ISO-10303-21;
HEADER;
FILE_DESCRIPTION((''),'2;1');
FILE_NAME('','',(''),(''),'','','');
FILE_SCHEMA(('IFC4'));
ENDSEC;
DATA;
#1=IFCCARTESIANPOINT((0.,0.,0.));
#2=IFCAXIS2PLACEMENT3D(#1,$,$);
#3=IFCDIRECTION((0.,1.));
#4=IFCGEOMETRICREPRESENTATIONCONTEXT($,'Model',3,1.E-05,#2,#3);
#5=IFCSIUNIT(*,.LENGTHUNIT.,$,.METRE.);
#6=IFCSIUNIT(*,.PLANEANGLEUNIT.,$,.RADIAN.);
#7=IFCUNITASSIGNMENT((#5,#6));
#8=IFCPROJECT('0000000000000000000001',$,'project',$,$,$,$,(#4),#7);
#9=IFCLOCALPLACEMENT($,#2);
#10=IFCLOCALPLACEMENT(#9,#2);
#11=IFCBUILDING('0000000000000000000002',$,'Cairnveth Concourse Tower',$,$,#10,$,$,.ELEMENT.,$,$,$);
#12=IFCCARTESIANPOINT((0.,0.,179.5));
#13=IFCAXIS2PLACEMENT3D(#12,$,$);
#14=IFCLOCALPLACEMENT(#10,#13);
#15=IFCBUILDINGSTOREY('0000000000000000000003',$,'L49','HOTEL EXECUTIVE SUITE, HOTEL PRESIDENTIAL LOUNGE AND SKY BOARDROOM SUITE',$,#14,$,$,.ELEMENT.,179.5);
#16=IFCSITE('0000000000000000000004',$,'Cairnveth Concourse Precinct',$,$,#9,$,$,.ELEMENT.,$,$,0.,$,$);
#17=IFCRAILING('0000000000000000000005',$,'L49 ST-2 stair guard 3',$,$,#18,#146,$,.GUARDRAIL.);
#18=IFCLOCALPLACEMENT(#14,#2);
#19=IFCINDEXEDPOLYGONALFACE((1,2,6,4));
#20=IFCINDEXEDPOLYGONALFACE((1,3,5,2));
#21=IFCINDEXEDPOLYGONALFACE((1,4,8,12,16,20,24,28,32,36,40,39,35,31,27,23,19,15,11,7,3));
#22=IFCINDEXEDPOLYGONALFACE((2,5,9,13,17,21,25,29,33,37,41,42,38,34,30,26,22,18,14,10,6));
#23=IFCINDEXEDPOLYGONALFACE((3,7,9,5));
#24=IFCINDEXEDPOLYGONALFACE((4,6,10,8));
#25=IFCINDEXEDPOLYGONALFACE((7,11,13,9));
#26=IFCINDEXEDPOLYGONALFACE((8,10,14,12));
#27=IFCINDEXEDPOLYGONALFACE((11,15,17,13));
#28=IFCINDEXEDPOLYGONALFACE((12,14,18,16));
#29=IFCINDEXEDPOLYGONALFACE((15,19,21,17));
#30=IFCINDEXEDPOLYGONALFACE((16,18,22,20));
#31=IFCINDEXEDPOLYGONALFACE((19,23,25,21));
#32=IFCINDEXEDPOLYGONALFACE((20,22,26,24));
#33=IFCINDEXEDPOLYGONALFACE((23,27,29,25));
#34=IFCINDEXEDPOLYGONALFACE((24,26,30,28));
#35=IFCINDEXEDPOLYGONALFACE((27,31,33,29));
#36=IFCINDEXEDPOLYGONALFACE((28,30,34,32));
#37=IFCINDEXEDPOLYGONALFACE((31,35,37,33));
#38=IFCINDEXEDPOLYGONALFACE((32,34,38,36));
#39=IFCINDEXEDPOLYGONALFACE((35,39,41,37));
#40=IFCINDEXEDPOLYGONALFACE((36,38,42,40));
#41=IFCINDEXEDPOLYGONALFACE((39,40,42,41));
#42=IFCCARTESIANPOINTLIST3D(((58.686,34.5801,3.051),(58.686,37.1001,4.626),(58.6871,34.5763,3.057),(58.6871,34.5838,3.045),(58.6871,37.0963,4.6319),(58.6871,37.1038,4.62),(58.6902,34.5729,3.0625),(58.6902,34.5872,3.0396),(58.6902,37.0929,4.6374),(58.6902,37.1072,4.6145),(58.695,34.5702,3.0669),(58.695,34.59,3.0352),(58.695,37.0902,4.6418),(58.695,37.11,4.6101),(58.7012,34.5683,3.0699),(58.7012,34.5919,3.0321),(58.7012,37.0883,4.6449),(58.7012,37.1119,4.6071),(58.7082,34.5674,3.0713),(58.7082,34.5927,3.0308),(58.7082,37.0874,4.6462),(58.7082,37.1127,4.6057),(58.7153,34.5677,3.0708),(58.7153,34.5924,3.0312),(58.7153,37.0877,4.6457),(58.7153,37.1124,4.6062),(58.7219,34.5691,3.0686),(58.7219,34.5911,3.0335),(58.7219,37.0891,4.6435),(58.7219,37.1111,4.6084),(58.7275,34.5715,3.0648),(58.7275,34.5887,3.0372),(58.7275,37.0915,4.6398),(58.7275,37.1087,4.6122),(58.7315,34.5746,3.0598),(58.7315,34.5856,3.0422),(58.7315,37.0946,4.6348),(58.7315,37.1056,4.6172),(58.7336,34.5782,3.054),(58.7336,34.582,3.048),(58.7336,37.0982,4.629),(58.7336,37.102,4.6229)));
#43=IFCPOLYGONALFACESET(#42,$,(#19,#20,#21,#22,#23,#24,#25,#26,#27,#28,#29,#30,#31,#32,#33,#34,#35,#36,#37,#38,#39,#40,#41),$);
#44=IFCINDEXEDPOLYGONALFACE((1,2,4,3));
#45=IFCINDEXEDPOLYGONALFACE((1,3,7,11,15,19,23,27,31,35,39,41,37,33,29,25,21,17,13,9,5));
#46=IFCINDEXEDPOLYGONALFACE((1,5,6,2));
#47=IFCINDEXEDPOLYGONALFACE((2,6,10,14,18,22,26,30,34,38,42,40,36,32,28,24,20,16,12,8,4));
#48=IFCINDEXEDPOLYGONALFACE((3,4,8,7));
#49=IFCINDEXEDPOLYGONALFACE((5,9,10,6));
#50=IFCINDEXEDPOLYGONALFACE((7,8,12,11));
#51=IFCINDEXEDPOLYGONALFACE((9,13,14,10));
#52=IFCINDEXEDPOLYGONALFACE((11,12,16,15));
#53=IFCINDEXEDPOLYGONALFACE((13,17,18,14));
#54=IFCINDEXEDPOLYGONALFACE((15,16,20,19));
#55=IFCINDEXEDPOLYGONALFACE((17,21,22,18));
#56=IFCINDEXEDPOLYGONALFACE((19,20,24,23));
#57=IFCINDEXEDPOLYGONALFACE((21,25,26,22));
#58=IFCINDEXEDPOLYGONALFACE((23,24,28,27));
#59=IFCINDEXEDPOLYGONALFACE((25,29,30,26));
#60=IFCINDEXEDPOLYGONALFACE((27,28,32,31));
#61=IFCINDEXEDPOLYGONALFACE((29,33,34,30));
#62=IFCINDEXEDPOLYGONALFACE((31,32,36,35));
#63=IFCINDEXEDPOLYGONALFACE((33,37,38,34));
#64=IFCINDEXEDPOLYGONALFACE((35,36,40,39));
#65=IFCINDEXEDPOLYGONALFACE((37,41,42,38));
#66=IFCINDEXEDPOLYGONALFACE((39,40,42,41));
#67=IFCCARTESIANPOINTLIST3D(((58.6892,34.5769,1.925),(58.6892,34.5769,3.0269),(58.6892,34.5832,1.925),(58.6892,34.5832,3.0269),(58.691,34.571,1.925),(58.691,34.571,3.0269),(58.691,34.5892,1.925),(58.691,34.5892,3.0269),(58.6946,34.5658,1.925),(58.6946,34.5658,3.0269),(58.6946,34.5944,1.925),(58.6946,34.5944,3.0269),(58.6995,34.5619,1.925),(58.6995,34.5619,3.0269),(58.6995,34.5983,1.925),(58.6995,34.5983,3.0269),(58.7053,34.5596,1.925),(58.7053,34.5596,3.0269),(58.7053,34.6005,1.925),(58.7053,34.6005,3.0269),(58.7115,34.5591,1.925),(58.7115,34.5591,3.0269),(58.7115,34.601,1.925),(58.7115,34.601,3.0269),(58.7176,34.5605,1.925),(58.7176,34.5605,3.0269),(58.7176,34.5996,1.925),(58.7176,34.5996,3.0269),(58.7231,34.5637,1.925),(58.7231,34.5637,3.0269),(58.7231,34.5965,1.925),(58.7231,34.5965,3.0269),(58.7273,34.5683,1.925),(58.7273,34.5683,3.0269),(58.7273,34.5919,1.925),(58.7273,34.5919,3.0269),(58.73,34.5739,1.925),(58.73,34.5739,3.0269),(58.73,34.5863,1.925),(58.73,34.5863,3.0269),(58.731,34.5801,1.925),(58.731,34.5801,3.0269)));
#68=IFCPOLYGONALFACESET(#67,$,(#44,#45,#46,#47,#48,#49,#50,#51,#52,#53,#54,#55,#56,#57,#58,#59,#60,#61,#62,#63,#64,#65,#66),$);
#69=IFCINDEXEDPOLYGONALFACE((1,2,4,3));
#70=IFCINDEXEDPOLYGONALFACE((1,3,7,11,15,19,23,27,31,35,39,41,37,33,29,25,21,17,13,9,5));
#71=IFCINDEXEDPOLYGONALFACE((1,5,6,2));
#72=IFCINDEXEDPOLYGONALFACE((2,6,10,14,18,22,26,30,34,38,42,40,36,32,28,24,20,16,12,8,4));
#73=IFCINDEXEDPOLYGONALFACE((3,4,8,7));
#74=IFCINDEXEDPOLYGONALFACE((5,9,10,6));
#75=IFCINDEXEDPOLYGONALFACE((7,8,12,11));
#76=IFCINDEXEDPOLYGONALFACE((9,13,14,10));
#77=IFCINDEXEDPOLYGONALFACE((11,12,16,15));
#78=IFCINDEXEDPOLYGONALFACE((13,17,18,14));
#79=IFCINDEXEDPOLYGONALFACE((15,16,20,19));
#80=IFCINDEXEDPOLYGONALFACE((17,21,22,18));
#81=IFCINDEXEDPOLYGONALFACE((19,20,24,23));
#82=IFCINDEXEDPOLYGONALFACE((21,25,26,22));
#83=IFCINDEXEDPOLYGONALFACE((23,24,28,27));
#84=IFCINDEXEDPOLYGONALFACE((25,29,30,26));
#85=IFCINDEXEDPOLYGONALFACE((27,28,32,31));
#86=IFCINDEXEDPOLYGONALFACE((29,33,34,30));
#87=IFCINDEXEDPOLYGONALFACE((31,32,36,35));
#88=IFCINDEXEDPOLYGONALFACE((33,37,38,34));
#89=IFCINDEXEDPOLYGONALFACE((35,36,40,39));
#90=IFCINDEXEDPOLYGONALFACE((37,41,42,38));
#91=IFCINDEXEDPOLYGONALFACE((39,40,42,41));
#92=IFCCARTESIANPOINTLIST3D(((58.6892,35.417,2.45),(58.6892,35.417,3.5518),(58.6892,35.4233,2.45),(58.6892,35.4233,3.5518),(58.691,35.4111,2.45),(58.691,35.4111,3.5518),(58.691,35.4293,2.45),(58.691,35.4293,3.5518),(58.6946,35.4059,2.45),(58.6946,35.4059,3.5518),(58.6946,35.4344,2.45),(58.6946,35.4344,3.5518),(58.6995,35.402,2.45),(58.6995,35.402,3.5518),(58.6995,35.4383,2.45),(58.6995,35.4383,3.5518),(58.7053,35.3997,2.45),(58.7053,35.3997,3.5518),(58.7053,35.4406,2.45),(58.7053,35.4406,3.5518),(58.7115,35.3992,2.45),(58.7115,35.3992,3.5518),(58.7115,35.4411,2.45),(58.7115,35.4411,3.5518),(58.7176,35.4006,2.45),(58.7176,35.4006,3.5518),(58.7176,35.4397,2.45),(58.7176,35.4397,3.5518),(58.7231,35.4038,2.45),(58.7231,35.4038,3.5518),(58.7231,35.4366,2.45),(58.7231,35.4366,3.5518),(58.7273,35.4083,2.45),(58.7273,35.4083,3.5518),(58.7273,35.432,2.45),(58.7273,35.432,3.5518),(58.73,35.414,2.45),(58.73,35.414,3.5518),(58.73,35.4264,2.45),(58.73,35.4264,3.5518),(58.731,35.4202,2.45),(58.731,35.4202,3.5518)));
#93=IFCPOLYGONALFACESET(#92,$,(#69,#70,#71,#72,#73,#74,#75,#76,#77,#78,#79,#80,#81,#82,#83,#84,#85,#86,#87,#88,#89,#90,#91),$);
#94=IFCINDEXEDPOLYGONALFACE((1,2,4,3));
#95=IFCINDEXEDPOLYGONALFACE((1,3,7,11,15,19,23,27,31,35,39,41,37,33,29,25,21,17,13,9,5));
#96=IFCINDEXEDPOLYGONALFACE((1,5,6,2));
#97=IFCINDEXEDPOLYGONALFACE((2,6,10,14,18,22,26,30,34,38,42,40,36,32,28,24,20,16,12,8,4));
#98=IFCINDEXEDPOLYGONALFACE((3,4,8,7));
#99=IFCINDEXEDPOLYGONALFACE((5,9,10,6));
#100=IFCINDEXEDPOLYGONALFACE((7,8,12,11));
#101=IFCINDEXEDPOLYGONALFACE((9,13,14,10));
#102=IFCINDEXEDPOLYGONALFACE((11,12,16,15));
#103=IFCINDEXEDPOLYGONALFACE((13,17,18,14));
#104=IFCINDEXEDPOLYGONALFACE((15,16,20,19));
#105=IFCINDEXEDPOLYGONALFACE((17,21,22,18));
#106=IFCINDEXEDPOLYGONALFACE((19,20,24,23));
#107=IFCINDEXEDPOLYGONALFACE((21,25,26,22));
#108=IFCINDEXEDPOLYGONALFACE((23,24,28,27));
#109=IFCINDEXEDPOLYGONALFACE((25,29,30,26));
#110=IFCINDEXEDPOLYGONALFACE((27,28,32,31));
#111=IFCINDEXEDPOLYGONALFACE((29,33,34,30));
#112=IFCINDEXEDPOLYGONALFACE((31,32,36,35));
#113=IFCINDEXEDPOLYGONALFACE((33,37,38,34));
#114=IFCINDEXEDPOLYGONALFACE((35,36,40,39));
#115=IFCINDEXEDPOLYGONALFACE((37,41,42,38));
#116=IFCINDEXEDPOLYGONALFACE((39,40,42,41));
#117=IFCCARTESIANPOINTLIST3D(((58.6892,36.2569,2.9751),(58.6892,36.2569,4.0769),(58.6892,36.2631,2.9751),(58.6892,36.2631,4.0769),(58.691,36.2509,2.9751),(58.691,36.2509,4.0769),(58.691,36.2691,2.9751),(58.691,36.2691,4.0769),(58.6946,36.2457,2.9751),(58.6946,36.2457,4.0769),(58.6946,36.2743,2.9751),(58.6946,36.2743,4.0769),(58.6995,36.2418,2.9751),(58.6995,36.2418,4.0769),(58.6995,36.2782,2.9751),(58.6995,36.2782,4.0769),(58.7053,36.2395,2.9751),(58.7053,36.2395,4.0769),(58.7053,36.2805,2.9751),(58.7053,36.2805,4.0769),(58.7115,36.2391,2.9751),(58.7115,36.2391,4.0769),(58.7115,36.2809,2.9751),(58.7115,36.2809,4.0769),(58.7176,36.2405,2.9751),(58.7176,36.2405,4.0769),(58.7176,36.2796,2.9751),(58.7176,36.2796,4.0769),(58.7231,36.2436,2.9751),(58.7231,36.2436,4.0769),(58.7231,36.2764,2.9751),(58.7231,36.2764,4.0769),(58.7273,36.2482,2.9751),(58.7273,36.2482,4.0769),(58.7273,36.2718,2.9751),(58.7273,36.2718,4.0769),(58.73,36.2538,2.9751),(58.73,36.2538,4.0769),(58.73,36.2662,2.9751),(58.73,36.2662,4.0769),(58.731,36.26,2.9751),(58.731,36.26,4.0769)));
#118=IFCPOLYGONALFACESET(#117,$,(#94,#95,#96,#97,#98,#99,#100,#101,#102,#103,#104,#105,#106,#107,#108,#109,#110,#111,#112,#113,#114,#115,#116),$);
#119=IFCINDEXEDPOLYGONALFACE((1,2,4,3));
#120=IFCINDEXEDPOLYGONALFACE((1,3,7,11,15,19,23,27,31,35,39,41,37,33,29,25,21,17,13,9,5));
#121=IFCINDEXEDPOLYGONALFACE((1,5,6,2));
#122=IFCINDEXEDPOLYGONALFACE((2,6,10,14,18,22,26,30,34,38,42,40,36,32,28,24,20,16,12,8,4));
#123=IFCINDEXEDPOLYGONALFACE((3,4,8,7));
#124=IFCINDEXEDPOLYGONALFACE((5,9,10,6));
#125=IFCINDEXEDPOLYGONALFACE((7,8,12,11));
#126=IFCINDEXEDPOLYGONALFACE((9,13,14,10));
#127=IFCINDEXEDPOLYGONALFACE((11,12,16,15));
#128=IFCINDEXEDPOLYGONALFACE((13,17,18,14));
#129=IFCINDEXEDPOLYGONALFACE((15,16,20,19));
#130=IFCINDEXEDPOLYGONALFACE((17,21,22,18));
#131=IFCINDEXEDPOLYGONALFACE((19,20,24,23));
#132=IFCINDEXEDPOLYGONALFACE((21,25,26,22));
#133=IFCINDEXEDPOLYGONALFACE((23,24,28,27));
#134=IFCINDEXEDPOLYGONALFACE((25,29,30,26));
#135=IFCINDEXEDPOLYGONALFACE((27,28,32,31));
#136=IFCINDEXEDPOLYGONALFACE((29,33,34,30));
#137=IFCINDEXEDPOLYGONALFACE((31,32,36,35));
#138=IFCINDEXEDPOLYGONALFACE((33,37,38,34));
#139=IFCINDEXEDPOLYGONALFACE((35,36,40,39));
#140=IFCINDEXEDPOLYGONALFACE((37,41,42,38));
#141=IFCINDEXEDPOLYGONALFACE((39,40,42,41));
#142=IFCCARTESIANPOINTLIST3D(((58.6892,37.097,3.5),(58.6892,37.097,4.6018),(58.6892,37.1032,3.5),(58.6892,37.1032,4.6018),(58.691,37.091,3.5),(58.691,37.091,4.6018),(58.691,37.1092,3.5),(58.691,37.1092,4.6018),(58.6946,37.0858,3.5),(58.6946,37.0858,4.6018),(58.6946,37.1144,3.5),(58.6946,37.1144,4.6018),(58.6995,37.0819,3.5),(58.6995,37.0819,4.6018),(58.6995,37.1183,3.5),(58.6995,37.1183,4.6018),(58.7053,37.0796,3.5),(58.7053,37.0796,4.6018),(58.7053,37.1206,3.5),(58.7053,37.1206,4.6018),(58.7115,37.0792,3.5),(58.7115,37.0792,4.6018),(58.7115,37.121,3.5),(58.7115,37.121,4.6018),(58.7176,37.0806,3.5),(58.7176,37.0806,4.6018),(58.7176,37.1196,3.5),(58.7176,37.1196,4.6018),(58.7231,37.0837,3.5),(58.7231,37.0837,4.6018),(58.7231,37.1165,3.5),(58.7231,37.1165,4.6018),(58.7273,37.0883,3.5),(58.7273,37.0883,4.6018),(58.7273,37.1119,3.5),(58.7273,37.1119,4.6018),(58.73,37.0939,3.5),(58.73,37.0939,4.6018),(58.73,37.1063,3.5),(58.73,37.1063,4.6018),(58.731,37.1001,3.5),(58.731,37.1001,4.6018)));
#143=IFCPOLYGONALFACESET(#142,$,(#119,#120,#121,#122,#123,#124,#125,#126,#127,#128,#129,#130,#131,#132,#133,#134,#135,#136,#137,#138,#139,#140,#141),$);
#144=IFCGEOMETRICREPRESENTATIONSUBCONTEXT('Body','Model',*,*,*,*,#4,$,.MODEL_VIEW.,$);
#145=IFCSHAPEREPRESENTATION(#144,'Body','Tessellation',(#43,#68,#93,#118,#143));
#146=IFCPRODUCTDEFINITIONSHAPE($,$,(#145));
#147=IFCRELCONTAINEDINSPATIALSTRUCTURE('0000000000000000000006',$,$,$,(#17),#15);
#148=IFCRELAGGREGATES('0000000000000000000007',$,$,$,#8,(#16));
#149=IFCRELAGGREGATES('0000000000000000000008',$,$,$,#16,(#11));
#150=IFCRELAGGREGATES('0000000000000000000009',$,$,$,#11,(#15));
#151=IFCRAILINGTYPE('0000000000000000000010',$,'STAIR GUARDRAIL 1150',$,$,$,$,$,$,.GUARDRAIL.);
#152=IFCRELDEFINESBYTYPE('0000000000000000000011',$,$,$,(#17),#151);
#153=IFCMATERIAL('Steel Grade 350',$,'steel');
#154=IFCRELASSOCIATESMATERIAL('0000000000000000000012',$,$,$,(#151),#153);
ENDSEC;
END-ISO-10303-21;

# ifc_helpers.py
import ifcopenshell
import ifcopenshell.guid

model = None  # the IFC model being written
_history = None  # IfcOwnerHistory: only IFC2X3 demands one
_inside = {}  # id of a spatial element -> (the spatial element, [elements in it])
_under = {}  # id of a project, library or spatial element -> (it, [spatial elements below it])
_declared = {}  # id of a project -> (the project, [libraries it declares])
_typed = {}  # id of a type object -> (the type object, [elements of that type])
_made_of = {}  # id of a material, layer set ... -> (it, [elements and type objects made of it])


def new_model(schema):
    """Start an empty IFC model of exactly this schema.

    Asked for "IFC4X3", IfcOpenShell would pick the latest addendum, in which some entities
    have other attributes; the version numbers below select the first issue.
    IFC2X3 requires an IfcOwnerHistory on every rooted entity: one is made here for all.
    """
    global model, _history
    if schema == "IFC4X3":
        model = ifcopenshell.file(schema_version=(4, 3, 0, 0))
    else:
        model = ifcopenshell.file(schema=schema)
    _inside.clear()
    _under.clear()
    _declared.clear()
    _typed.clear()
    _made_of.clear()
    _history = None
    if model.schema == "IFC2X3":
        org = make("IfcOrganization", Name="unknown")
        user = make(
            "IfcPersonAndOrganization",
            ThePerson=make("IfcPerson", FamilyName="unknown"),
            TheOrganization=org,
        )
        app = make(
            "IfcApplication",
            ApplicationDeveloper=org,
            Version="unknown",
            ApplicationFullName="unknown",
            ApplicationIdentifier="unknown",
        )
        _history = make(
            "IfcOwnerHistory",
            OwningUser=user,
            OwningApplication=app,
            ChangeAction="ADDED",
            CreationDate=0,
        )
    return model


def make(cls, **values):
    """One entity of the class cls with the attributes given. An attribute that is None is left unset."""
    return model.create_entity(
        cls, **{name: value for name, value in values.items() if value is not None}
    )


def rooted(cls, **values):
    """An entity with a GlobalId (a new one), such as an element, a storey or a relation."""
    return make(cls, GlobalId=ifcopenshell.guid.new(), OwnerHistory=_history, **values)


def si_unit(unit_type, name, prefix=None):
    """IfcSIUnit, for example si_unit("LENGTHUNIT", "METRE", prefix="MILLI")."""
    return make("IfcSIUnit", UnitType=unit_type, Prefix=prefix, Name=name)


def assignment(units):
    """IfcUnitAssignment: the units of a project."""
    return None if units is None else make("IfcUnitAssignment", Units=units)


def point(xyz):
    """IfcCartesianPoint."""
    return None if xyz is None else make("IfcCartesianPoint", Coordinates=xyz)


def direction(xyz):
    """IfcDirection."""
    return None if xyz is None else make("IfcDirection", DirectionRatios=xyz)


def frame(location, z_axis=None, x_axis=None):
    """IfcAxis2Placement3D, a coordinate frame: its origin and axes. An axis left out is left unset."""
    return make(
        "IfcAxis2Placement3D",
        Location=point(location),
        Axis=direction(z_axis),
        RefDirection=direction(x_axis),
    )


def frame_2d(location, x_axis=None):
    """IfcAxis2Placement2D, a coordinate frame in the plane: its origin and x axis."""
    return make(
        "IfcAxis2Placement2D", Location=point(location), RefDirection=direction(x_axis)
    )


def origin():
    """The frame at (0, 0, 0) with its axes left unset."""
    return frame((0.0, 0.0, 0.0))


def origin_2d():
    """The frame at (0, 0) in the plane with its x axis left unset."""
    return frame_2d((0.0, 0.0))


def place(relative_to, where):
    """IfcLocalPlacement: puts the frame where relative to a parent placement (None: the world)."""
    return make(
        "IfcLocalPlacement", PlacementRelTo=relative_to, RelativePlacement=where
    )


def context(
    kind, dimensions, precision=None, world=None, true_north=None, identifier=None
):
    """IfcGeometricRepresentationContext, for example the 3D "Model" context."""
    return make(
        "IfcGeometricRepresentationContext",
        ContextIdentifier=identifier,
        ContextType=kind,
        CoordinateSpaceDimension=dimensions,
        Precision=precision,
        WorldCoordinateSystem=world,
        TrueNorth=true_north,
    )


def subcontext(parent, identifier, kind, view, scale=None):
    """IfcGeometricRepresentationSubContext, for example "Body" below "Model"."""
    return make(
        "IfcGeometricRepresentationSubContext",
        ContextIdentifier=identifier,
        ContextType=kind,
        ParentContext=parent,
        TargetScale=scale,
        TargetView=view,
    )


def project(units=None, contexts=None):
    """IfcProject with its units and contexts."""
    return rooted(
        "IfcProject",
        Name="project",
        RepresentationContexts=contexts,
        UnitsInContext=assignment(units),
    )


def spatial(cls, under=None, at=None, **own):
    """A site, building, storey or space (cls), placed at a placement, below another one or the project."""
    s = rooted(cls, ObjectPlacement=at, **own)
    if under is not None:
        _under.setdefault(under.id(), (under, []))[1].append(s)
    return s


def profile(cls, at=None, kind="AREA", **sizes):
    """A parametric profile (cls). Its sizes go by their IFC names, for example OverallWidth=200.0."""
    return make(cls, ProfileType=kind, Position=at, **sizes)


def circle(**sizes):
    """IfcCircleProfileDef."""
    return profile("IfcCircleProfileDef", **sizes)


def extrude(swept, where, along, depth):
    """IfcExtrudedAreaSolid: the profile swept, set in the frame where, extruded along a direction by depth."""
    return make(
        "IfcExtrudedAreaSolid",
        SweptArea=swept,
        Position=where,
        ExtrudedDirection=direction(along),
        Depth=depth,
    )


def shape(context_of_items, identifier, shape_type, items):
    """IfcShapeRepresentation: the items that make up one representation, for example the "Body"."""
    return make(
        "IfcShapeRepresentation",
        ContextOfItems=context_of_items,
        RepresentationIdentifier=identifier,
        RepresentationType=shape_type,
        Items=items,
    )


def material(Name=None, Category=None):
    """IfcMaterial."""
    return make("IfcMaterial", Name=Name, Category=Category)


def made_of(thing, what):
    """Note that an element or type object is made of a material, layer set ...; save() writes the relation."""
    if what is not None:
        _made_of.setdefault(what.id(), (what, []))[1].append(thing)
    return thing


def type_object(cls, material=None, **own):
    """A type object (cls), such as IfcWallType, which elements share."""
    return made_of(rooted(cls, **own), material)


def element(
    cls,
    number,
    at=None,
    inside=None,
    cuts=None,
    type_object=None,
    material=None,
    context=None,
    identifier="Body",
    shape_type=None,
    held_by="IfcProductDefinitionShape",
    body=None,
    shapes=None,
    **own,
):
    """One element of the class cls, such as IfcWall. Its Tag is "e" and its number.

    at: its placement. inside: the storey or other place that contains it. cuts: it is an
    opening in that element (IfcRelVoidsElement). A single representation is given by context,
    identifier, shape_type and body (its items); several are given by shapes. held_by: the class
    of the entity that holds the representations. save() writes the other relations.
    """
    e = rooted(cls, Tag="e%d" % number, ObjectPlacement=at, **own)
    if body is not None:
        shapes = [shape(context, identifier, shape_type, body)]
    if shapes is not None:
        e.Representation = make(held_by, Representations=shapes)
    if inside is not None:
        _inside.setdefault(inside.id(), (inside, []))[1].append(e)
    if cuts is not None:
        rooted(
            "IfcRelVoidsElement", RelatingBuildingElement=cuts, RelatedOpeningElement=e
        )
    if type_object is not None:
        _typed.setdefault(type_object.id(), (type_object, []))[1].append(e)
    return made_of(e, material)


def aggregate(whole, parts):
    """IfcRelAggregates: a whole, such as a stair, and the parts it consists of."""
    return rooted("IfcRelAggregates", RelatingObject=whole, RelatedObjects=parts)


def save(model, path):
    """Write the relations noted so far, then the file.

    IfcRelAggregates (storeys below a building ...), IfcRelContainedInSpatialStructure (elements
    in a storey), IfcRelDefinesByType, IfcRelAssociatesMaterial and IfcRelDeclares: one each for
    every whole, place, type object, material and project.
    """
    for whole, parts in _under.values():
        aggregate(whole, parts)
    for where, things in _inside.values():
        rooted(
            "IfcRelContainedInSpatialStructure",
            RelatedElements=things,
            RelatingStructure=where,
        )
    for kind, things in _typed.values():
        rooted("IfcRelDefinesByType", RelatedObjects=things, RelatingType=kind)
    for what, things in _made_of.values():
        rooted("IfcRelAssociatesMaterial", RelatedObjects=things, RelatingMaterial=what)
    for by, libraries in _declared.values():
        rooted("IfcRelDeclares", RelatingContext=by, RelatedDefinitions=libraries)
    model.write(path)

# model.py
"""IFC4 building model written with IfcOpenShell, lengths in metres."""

from ifc_helpers import new_model, si_unit, direction, frame, origin, origin_2d, place, context, subcontext, project, spatial, circle, extrude, material, type_object, element, save


model = new_model("IFC4")

# Units and contexts
model_context = context("Model", 3, precision=1e-05, world=origin(), true_north=direction((0.0, 1.0)))
body_context = subcontext(model_context, "Body", "Model", "MODEL_VIEW")
ifc_project = project(units=[si_unit("LENGTHUNIT", "METRE"), si_unit("PLANEANGLEUNIT", "RADIAN")], contexts=[model_context])

# Site, building, storey
site_placement = place(None, origin())
site = spatial("IfcSite", under=ifc_project, at=site_placement, Name="Cairnveth Concourse Precinct", CompositionType="ELEMENT", RefElevation=0.0)
building_placement = place(site_placement, origin())
building = spatial("IfcBuilding", under=site, at=building_placement, Name="Cairnveth Concourse Tower", CompositionType="ELEMENT")
storey_placement = place(building_placement, frame((0.0, 0.0, 179.5)))
storey = spatial("IfcBuildingStorey", under=building, at=storey_placement, Name="L49", Description="HOTEL EXECUTIVE SUITE, HOTEL PRESIDENTIAL LOUNGE AND SKY BOARDROOM SUITE", CompositionType="ELEMENT", Elevation=179.5)

# Shared definitions
ifc_material_1 = material(Name="Steel Grade 350", Category="steel")

# Railing
railing_type = type_object("IfcRailingType", Name="STAIR GUARDRAIL 1150", PredefinedType="GUARDRAIL", material=ifc_material_1)
railing_1_placement = place(storey_placement, frame((58.71, 34.5801, 1.925)))
element("IfcRailing", 1, at=railing_1_placement, inside=storey, type_object=railing_type, Name="L49 ST-2 stair guard 3", PredefinedType="GUARDRAIL", context=body_context, shape_type="SweptSolid", body=[
    extrude(circle(Radius=0.0239, at=origin_2d()), frame((0.0, 0.0, 1.126), z_axis=(0.0, 0.848008, 0.529984), x_axis=(-1.0, 0.0, 0.0)), (0.0, 0.0, 1.0), 2.9717),
    extrude(circle(Radius=0.021, at=origin_2d()), origin(), (0.0, 0.0, 1.0), 1.1018),
    extrude(circle(Radius=0.021, at=origin_2d()), frame((0.0, 0.8401, 0.5249)), (0.0, 0.0, 1.0), 1.1018),
    extrude(circle(Radius=0.021, at=origin_2d()), frame((0.0, 1.6799, 1.05)), (0.0, 0.0, 1.0), 1.1018),
    extrude(circle(Radius=0.021, at=origin_2d()), frame((0.0, 2.52, 1.575)), (0.0, 0.0, 1.0), 1.1018),
])

save(model, "model.ifc")
